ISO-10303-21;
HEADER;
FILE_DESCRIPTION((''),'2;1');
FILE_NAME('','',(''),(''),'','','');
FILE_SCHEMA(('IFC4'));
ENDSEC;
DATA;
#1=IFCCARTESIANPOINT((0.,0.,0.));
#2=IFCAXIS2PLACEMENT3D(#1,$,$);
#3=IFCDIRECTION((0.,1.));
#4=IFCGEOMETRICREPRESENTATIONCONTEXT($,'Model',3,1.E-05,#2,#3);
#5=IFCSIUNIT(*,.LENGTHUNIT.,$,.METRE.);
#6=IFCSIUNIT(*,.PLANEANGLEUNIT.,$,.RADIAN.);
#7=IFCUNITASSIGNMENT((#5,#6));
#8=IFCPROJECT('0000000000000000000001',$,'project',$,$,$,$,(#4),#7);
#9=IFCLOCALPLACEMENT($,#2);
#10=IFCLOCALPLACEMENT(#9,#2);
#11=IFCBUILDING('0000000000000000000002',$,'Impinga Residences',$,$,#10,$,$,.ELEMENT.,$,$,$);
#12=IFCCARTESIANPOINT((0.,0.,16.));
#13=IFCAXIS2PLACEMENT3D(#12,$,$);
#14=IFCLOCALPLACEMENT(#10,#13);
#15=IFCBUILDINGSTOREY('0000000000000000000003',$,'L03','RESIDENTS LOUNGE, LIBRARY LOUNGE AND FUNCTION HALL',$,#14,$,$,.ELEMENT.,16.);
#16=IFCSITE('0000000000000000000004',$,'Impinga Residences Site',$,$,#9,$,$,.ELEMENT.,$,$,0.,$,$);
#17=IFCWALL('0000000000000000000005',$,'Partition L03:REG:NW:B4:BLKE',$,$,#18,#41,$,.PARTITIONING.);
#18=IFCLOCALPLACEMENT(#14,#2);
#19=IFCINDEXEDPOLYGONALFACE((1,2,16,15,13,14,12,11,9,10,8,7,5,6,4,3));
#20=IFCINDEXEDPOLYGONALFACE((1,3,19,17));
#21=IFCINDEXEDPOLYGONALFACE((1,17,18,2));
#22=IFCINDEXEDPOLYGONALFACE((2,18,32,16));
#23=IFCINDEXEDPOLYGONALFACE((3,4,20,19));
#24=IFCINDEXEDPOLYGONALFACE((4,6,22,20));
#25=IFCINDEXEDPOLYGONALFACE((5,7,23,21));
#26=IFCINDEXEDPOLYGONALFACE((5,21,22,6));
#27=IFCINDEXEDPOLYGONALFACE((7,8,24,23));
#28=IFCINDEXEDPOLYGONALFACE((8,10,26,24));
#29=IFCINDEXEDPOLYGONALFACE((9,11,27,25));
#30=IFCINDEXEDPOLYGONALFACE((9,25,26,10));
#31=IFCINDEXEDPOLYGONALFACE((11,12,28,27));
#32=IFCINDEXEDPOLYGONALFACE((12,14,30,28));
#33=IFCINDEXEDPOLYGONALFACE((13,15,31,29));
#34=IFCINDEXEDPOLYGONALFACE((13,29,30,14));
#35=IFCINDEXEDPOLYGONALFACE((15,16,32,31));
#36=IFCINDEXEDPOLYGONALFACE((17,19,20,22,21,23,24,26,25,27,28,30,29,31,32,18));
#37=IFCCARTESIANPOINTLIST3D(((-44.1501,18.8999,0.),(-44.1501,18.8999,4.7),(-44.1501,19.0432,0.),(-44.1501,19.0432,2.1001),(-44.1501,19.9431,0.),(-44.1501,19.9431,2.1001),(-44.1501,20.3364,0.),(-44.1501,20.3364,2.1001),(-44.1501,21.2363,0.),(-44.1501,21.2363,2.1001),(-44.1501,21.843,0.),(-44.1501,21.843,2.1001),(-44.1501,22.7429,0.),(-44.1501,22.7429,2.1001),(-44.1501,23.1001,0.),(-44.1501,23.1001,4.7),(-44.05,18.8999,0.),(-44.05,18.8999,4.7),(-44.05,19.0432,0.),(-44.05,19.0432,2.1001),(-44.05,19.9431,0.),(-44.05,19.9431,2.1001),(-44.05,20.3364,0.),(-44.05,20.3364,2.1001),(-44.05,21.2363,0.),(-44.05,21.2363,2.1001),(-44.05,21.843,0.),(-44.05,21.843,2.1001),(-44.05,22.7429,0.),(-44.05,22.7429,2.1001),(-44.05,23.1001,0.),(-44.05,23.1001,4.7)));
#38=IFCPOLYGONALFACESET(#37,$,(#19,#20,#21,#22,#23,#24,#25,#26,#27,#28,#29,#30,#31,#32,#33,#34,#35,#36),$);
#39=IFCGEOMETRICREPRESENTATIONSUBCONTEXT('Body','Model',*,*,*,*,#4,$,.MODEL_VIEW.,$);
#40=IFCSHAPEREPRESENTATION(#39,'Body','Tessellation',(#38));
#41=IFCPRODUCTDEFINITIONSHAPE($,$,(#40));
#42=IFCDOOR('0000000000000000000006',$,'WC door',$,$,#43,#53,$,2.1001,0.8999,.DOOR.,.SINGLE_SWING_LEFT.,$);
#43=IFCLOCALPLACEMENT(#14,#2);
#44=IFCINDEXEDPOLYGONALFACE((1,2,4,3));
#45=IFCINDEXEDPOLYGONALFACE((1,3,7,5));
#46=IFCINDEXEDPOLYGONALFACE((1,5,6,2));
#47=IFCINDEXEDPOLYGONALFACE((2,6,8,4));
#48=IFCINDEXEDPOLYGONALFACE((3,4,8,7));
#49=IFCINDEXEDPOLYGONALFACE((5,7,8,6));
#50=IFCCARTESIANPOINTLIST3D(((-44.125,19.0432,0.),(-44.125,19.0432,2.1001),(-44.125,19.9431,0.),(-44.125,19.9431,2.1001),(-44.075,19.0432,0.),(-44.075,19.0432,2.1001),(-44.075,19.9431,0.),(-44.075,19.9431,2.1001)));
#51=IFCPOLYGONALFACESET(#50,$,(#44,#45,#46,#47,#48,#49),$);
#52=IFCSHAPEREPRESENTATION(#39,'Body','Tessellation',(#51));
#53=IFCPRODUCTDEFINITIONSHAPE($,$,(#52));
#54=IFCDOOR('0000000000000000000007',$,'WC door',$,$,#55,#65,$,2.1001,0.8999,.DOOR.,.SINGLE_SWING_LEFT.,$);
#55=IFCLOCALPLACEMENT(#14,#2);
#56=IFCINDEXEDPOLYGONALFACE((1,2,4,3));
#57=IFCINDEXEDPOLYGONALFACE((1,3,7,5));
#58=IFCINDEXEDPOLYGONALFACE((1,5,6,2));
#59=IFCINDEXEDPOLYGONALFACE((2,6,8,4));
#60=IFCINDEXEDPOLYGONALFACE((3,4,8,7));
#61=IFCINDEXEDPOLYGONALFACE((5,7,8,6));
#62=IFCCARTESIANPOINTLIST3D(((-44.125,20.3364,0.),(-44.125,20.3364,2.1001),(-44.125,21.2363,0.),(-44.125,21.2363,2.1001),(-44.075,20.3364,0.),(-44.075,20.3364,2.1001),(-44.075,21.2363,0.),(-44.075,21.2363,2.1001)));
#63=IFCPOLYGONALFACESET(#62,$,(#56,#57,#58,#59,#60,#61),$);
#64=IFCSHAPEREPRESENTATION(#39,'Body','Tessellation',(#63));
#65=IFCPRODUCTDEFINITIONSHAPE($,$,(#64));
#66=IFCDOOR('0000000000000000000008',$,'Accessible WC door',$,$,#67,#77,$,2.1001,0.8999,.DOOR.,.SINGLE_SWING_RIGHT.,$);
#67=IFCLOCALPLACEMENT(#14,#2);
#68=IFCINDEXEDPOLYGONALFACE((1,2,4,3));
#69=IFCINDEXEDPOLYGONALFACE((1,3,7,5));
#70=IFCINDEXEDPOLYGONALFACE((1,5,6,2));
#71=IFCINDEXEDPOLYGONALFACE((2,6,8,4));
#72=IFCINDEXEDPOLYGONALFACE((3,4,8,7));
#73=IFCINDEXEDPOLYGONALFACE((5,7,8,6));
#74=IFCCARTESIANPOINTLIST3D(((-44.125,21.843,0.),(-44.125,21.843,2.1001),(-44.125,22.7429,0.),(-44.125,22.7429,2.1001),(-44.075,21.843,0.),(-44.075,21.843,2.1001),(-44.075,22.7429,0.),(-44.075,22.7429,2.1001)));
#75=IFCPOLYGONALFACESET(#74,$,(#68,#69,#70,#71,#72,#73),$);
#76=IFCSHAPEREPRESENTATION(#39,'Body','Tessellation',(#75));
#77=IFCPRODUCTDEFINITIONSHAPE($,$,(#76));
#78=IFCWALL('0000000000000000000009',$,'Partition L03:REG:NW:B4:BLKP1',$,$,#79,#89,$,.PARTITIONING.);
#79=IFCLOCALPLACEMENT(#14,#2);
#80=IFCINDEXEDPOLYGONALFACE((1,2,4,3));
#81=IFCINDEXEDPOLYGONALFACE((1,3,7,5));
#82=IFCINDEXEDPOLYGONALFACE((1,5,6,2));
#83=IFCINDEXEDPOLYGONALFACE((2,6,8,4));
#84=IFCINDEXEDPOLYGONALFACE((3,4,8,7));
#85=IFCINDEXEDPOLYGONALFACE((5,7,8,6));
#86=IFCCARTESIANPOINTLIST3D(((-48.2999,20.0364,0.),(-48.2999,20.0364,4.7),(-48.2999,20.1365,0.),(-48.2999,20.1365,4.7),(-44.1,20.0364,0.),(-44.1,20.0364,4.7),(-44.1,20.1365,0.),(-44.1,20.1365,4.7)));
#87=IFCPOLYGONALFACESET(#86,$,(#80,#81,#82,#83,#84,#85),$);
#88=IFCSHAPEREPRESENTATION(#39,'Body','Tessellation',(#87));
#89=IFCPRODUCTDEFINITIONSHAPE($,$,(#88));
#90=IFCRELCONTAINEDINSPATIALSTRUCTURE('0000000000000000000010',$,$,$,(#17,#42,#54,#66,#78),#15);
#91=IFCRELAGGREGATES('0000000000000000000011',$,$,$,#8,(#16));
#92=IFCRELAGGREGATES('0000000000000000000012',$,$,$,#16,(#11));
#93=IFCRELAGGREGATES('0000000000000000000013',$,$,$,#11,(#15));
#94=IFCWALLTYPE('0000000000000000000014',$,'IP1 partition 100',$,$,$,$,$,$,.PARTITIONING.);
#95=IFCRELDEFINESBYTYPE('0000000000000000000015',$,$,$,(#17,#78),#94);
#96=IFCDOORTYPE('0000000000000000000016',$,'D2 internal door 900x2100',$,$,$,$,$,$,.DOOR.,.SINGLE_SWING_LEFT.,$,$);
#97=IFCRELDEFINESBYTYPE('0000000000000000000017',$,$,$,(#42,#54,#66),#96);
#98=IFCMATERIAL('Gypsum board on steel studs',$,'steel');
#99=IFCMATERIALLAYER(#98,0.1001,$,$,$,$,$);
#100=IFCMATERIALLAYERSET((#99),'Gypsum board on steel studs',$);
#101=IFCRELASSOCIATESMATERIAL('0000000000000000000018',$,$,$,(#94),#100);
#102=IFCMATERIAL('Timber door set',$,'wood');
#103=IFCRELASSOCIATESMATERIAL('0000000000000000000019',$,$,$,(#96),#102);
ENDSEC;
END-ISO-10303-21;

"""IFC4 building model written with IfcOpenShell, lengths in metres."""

from ifc_helpers import new_model, si_unit, direction, frame, frame_2d, origin, place, context, subcontext, project, spatial, rectangle, extrude, material, layer, layer_set, type_object, element, fill, save


model = new_model("IFC4")

# Units and contexts
model_context = context("Model", 3, precision=1e-05, world=origin(), true_north=direction((0.0, 1.0)))
body_context = subcontext(model_context, "Body", "Model", "MODEL_VIEW")
ifc_project = project(units=[si_unit("LENGTHUNIT", "METRE"), si_unit("PLANEANGLEUNIT", "RADIAN")], contexts=[model_context])

# Site, building, storey
site_placement = place(None, origin())
site = spatial("IfcSite", under=ifc_project, at=site_placement, Name="Impinga Residences Site", CompositionType="ELEMENT", RefElevation=0.0)
building_placement = place(site_placement, origin())
building = spatial("IfcBuilding", under=site, at=building_placement, Name="Impinga Residences", CompositionType="ELEMENT")
storey_placement = place(building_placement, frame((0.0, 0.0, 16.0)))
storey = spatial("IfcBuildingStorey", under=building, at=storey_placement, Name="L03", Description="RESIDENTS LOUNGE, LIBRARY LOUNGE AND FUNCTION HALL", CompositionType="ELEMENT", Elevation=16.0)

# Shared definitions
ifc_material_1 = material(Name="Gypsum board on steel studs", Category="steel")
ifc_layer_1 = layer(ifc_material_1, 0.1001)
ifc_layer_set_1 = layer_set([ifc_layer_1], Name="Gypsum board on steel studs")
wall_type = type_object("IfcWallType", Name="IP1 partition 100", PredefinedType="PARTITIONING", material=ifc_layer_set_1)

# Wall, openings, doors
wall_1_placement = place(storey_placement, frame((-44.1001, 18.8999, 0.0), z_axis=(0.0, 0.0, 1.0), x_axis=(0.0, 1.0, 0.0)))
wall_1 = element("IfcWall", 1, at=wall_1_placement, inside=storey, type_object=wall_type, Name="Partition L03:REG:NW:B4:BLKE", PredefinedType="PARTITIONING", context=body_context, shape_type="SweptSolid", body=[
    extrude(rectangle(XDim=4.2002, YDim=0.1001, at=frame_2d((2.1001, 0.0))), origin(), (0.0, 0.0, 1.0), 4.7),
])
opening_1_placement = place(wall_1_placement, frame((0.1433, 0.0, 0.0)))
opening_1 = element("IfcOpeningElement", 2, at=opening_1_placement, cuts=wall_1, PredefinedType="OPENING", context=body_context, shape_type="SweptSolid", body=[
    extrude(rectangle(XDim=0.8999, YDim=2.1001, at=frame_2d((0.45, 1.05))), frame((0.0, 0.0601, 0.0), z_axis=(0.0, -1.0, 0.0), x_axis=(1.0, 0.0, 0.0)), (0.0, 0.0, 1.0), 0.1201),
])
opening_2_placement = place(wall_1_placement, frame((1.4365, 0.0, 0.0)))
opening_2 = element("IfcOpeningElement", 3, at=opening_2_placement, cuts=wall_1, PredefinedType="OPENING", context=body_context, shape_type="SweptSolid", body=[
    extrude(rectangle(XDim=0.8999, YDim=2.1001, at=frame_2d((0.45, 1.05))), frame((0.0, 0.0601, 0.0), z_axis=(0.0, -1.0, 0.0), x_axis=(1.0, 0.0, 0.0)), (0.0, 0.0, 1.0), 0.1201),
])
opening_3_placement = place(wall_1_placement, frame((2.9431, 0.0, 0.0)))
opening_3 = element("IfcOpeningElement", 4, at=opening_3_placement, cuts=wall_1, PredefinedType="OPENING", context=body_context, shape_type="SweptSolid", body=[
    extrude(rectangle(XDim=0.8999, YDim=2.1001, at=frame_2d((0.45, 1.05))), frame((0.0, 0.0601, 0.0), z_axis=(0.0, -1.0, 0.0), x_axis=(1.0, 0.0, 0.0)), (0.0, 0.0, 1.0), 0.1201),
])
ifc_material_2 = material(Name="Timber door set", Category="wood")
door_type = type_object("IfcDoorType", Name="D2 internal door 900x2100", OperationType="SINGLE_SWING_LEFT", PredefinedType="DOOR", material=ifc_material_2)
door_1_placement = place(opening_1_placement, origin())
door_1 = element("IfcDoor", 5, at=door_1_placement, inside=storey, type_object=door_type, Name="WC door", OperationType="SINGLE_SWING_LEFT", OverallHeight=2.1001, OverallWidth=0.8999, PredefinedType="DOOR", context=body_context, shape_type="SweptSolid", body=[
    extrude(rectangle(XDim=0.8999, YDim=2.1001, at=frame_2d((0.45, 1.05))), frame((0.0, 0.0249, 0.0), z_axis=(0.0, -1.0, 0.0), x_axis=(1.0, 0.0, 0.0)), (0.0, 0.0, 1.0), 0.05),
])
fill(opening_1, door_1)
door_2_placement = place(opening_2_placement, origin())
door_2 = element("IfcDoor", 6, at=door_2_placement, inside=storey, type_object=door_type, Name="WC door", OperationType="SINGLE_SWING_LEFT", OverallHeight=2.1001, OverallWidth=0.8999, PredefinedType="DOOR", context=body_context, shape_type="SweptSolid", body=[
    extrude(rectangle(XDim=0.8999, YDim=2.1001, at=frame_2d((0.45, 1.05))), frame((0.0, 0.0249, 0.0), z_axis=(0.0, -1.0, 0.0), x_axis=(1.0, 0.0, 0.0)), (0.0, 0.0, 1.0), 0.05),
])
fill(opening_2, door_2)
door_3_placement = place(opening_3_placement, origin())
door_3 = element("IfcDoor", 7, at=door_3_placement, inside=storey, type_object=door_type, Name="Accessible WC door", OperationType="SINGLE_SWING_RIGHT", OverallHeight=2.1001, OverallWidth=0.8999, PredefinedType="DOOR", context=body_context, shape_type="SweptSolid", body=[
    extrude(rectangle(XDim=0.8999, YDim=2.1001, at=frame_2d((0.45, 1.05))), frame((0.0, 0.0249, 0.0), z_axis=(0.0, -1.0, 0.0), x_axis=(1.0, 0.0, 0.0)), (0.0, 0.0, 1.0), 0.05),
])
fill(opening_3, door_3)

# Wall
wall_2_placement = place(storey_placement, frame((-48.3, 20.0864, 0.0), z_axis=(0.0, 0.0, 1.0), x_axis=(1.0, 0.0, 0.0)))
element("IfcWall", 8, at=wall_2_placement, inside=storey, type_object=wall_type, Name="Partition L03:REG:NW:B4:BLKP1", PredefinedType="PARTITIONING", context=body_context, shape_type="SweptSolid", body=[
    extrude(rectangle(XDim=4.2, YDim=0.1001, at=frame_2d((2.1001, 0.0))), origin(), (0.0, 0.0, 1.0), 4.7),
])

save(model, "model.ifc")
